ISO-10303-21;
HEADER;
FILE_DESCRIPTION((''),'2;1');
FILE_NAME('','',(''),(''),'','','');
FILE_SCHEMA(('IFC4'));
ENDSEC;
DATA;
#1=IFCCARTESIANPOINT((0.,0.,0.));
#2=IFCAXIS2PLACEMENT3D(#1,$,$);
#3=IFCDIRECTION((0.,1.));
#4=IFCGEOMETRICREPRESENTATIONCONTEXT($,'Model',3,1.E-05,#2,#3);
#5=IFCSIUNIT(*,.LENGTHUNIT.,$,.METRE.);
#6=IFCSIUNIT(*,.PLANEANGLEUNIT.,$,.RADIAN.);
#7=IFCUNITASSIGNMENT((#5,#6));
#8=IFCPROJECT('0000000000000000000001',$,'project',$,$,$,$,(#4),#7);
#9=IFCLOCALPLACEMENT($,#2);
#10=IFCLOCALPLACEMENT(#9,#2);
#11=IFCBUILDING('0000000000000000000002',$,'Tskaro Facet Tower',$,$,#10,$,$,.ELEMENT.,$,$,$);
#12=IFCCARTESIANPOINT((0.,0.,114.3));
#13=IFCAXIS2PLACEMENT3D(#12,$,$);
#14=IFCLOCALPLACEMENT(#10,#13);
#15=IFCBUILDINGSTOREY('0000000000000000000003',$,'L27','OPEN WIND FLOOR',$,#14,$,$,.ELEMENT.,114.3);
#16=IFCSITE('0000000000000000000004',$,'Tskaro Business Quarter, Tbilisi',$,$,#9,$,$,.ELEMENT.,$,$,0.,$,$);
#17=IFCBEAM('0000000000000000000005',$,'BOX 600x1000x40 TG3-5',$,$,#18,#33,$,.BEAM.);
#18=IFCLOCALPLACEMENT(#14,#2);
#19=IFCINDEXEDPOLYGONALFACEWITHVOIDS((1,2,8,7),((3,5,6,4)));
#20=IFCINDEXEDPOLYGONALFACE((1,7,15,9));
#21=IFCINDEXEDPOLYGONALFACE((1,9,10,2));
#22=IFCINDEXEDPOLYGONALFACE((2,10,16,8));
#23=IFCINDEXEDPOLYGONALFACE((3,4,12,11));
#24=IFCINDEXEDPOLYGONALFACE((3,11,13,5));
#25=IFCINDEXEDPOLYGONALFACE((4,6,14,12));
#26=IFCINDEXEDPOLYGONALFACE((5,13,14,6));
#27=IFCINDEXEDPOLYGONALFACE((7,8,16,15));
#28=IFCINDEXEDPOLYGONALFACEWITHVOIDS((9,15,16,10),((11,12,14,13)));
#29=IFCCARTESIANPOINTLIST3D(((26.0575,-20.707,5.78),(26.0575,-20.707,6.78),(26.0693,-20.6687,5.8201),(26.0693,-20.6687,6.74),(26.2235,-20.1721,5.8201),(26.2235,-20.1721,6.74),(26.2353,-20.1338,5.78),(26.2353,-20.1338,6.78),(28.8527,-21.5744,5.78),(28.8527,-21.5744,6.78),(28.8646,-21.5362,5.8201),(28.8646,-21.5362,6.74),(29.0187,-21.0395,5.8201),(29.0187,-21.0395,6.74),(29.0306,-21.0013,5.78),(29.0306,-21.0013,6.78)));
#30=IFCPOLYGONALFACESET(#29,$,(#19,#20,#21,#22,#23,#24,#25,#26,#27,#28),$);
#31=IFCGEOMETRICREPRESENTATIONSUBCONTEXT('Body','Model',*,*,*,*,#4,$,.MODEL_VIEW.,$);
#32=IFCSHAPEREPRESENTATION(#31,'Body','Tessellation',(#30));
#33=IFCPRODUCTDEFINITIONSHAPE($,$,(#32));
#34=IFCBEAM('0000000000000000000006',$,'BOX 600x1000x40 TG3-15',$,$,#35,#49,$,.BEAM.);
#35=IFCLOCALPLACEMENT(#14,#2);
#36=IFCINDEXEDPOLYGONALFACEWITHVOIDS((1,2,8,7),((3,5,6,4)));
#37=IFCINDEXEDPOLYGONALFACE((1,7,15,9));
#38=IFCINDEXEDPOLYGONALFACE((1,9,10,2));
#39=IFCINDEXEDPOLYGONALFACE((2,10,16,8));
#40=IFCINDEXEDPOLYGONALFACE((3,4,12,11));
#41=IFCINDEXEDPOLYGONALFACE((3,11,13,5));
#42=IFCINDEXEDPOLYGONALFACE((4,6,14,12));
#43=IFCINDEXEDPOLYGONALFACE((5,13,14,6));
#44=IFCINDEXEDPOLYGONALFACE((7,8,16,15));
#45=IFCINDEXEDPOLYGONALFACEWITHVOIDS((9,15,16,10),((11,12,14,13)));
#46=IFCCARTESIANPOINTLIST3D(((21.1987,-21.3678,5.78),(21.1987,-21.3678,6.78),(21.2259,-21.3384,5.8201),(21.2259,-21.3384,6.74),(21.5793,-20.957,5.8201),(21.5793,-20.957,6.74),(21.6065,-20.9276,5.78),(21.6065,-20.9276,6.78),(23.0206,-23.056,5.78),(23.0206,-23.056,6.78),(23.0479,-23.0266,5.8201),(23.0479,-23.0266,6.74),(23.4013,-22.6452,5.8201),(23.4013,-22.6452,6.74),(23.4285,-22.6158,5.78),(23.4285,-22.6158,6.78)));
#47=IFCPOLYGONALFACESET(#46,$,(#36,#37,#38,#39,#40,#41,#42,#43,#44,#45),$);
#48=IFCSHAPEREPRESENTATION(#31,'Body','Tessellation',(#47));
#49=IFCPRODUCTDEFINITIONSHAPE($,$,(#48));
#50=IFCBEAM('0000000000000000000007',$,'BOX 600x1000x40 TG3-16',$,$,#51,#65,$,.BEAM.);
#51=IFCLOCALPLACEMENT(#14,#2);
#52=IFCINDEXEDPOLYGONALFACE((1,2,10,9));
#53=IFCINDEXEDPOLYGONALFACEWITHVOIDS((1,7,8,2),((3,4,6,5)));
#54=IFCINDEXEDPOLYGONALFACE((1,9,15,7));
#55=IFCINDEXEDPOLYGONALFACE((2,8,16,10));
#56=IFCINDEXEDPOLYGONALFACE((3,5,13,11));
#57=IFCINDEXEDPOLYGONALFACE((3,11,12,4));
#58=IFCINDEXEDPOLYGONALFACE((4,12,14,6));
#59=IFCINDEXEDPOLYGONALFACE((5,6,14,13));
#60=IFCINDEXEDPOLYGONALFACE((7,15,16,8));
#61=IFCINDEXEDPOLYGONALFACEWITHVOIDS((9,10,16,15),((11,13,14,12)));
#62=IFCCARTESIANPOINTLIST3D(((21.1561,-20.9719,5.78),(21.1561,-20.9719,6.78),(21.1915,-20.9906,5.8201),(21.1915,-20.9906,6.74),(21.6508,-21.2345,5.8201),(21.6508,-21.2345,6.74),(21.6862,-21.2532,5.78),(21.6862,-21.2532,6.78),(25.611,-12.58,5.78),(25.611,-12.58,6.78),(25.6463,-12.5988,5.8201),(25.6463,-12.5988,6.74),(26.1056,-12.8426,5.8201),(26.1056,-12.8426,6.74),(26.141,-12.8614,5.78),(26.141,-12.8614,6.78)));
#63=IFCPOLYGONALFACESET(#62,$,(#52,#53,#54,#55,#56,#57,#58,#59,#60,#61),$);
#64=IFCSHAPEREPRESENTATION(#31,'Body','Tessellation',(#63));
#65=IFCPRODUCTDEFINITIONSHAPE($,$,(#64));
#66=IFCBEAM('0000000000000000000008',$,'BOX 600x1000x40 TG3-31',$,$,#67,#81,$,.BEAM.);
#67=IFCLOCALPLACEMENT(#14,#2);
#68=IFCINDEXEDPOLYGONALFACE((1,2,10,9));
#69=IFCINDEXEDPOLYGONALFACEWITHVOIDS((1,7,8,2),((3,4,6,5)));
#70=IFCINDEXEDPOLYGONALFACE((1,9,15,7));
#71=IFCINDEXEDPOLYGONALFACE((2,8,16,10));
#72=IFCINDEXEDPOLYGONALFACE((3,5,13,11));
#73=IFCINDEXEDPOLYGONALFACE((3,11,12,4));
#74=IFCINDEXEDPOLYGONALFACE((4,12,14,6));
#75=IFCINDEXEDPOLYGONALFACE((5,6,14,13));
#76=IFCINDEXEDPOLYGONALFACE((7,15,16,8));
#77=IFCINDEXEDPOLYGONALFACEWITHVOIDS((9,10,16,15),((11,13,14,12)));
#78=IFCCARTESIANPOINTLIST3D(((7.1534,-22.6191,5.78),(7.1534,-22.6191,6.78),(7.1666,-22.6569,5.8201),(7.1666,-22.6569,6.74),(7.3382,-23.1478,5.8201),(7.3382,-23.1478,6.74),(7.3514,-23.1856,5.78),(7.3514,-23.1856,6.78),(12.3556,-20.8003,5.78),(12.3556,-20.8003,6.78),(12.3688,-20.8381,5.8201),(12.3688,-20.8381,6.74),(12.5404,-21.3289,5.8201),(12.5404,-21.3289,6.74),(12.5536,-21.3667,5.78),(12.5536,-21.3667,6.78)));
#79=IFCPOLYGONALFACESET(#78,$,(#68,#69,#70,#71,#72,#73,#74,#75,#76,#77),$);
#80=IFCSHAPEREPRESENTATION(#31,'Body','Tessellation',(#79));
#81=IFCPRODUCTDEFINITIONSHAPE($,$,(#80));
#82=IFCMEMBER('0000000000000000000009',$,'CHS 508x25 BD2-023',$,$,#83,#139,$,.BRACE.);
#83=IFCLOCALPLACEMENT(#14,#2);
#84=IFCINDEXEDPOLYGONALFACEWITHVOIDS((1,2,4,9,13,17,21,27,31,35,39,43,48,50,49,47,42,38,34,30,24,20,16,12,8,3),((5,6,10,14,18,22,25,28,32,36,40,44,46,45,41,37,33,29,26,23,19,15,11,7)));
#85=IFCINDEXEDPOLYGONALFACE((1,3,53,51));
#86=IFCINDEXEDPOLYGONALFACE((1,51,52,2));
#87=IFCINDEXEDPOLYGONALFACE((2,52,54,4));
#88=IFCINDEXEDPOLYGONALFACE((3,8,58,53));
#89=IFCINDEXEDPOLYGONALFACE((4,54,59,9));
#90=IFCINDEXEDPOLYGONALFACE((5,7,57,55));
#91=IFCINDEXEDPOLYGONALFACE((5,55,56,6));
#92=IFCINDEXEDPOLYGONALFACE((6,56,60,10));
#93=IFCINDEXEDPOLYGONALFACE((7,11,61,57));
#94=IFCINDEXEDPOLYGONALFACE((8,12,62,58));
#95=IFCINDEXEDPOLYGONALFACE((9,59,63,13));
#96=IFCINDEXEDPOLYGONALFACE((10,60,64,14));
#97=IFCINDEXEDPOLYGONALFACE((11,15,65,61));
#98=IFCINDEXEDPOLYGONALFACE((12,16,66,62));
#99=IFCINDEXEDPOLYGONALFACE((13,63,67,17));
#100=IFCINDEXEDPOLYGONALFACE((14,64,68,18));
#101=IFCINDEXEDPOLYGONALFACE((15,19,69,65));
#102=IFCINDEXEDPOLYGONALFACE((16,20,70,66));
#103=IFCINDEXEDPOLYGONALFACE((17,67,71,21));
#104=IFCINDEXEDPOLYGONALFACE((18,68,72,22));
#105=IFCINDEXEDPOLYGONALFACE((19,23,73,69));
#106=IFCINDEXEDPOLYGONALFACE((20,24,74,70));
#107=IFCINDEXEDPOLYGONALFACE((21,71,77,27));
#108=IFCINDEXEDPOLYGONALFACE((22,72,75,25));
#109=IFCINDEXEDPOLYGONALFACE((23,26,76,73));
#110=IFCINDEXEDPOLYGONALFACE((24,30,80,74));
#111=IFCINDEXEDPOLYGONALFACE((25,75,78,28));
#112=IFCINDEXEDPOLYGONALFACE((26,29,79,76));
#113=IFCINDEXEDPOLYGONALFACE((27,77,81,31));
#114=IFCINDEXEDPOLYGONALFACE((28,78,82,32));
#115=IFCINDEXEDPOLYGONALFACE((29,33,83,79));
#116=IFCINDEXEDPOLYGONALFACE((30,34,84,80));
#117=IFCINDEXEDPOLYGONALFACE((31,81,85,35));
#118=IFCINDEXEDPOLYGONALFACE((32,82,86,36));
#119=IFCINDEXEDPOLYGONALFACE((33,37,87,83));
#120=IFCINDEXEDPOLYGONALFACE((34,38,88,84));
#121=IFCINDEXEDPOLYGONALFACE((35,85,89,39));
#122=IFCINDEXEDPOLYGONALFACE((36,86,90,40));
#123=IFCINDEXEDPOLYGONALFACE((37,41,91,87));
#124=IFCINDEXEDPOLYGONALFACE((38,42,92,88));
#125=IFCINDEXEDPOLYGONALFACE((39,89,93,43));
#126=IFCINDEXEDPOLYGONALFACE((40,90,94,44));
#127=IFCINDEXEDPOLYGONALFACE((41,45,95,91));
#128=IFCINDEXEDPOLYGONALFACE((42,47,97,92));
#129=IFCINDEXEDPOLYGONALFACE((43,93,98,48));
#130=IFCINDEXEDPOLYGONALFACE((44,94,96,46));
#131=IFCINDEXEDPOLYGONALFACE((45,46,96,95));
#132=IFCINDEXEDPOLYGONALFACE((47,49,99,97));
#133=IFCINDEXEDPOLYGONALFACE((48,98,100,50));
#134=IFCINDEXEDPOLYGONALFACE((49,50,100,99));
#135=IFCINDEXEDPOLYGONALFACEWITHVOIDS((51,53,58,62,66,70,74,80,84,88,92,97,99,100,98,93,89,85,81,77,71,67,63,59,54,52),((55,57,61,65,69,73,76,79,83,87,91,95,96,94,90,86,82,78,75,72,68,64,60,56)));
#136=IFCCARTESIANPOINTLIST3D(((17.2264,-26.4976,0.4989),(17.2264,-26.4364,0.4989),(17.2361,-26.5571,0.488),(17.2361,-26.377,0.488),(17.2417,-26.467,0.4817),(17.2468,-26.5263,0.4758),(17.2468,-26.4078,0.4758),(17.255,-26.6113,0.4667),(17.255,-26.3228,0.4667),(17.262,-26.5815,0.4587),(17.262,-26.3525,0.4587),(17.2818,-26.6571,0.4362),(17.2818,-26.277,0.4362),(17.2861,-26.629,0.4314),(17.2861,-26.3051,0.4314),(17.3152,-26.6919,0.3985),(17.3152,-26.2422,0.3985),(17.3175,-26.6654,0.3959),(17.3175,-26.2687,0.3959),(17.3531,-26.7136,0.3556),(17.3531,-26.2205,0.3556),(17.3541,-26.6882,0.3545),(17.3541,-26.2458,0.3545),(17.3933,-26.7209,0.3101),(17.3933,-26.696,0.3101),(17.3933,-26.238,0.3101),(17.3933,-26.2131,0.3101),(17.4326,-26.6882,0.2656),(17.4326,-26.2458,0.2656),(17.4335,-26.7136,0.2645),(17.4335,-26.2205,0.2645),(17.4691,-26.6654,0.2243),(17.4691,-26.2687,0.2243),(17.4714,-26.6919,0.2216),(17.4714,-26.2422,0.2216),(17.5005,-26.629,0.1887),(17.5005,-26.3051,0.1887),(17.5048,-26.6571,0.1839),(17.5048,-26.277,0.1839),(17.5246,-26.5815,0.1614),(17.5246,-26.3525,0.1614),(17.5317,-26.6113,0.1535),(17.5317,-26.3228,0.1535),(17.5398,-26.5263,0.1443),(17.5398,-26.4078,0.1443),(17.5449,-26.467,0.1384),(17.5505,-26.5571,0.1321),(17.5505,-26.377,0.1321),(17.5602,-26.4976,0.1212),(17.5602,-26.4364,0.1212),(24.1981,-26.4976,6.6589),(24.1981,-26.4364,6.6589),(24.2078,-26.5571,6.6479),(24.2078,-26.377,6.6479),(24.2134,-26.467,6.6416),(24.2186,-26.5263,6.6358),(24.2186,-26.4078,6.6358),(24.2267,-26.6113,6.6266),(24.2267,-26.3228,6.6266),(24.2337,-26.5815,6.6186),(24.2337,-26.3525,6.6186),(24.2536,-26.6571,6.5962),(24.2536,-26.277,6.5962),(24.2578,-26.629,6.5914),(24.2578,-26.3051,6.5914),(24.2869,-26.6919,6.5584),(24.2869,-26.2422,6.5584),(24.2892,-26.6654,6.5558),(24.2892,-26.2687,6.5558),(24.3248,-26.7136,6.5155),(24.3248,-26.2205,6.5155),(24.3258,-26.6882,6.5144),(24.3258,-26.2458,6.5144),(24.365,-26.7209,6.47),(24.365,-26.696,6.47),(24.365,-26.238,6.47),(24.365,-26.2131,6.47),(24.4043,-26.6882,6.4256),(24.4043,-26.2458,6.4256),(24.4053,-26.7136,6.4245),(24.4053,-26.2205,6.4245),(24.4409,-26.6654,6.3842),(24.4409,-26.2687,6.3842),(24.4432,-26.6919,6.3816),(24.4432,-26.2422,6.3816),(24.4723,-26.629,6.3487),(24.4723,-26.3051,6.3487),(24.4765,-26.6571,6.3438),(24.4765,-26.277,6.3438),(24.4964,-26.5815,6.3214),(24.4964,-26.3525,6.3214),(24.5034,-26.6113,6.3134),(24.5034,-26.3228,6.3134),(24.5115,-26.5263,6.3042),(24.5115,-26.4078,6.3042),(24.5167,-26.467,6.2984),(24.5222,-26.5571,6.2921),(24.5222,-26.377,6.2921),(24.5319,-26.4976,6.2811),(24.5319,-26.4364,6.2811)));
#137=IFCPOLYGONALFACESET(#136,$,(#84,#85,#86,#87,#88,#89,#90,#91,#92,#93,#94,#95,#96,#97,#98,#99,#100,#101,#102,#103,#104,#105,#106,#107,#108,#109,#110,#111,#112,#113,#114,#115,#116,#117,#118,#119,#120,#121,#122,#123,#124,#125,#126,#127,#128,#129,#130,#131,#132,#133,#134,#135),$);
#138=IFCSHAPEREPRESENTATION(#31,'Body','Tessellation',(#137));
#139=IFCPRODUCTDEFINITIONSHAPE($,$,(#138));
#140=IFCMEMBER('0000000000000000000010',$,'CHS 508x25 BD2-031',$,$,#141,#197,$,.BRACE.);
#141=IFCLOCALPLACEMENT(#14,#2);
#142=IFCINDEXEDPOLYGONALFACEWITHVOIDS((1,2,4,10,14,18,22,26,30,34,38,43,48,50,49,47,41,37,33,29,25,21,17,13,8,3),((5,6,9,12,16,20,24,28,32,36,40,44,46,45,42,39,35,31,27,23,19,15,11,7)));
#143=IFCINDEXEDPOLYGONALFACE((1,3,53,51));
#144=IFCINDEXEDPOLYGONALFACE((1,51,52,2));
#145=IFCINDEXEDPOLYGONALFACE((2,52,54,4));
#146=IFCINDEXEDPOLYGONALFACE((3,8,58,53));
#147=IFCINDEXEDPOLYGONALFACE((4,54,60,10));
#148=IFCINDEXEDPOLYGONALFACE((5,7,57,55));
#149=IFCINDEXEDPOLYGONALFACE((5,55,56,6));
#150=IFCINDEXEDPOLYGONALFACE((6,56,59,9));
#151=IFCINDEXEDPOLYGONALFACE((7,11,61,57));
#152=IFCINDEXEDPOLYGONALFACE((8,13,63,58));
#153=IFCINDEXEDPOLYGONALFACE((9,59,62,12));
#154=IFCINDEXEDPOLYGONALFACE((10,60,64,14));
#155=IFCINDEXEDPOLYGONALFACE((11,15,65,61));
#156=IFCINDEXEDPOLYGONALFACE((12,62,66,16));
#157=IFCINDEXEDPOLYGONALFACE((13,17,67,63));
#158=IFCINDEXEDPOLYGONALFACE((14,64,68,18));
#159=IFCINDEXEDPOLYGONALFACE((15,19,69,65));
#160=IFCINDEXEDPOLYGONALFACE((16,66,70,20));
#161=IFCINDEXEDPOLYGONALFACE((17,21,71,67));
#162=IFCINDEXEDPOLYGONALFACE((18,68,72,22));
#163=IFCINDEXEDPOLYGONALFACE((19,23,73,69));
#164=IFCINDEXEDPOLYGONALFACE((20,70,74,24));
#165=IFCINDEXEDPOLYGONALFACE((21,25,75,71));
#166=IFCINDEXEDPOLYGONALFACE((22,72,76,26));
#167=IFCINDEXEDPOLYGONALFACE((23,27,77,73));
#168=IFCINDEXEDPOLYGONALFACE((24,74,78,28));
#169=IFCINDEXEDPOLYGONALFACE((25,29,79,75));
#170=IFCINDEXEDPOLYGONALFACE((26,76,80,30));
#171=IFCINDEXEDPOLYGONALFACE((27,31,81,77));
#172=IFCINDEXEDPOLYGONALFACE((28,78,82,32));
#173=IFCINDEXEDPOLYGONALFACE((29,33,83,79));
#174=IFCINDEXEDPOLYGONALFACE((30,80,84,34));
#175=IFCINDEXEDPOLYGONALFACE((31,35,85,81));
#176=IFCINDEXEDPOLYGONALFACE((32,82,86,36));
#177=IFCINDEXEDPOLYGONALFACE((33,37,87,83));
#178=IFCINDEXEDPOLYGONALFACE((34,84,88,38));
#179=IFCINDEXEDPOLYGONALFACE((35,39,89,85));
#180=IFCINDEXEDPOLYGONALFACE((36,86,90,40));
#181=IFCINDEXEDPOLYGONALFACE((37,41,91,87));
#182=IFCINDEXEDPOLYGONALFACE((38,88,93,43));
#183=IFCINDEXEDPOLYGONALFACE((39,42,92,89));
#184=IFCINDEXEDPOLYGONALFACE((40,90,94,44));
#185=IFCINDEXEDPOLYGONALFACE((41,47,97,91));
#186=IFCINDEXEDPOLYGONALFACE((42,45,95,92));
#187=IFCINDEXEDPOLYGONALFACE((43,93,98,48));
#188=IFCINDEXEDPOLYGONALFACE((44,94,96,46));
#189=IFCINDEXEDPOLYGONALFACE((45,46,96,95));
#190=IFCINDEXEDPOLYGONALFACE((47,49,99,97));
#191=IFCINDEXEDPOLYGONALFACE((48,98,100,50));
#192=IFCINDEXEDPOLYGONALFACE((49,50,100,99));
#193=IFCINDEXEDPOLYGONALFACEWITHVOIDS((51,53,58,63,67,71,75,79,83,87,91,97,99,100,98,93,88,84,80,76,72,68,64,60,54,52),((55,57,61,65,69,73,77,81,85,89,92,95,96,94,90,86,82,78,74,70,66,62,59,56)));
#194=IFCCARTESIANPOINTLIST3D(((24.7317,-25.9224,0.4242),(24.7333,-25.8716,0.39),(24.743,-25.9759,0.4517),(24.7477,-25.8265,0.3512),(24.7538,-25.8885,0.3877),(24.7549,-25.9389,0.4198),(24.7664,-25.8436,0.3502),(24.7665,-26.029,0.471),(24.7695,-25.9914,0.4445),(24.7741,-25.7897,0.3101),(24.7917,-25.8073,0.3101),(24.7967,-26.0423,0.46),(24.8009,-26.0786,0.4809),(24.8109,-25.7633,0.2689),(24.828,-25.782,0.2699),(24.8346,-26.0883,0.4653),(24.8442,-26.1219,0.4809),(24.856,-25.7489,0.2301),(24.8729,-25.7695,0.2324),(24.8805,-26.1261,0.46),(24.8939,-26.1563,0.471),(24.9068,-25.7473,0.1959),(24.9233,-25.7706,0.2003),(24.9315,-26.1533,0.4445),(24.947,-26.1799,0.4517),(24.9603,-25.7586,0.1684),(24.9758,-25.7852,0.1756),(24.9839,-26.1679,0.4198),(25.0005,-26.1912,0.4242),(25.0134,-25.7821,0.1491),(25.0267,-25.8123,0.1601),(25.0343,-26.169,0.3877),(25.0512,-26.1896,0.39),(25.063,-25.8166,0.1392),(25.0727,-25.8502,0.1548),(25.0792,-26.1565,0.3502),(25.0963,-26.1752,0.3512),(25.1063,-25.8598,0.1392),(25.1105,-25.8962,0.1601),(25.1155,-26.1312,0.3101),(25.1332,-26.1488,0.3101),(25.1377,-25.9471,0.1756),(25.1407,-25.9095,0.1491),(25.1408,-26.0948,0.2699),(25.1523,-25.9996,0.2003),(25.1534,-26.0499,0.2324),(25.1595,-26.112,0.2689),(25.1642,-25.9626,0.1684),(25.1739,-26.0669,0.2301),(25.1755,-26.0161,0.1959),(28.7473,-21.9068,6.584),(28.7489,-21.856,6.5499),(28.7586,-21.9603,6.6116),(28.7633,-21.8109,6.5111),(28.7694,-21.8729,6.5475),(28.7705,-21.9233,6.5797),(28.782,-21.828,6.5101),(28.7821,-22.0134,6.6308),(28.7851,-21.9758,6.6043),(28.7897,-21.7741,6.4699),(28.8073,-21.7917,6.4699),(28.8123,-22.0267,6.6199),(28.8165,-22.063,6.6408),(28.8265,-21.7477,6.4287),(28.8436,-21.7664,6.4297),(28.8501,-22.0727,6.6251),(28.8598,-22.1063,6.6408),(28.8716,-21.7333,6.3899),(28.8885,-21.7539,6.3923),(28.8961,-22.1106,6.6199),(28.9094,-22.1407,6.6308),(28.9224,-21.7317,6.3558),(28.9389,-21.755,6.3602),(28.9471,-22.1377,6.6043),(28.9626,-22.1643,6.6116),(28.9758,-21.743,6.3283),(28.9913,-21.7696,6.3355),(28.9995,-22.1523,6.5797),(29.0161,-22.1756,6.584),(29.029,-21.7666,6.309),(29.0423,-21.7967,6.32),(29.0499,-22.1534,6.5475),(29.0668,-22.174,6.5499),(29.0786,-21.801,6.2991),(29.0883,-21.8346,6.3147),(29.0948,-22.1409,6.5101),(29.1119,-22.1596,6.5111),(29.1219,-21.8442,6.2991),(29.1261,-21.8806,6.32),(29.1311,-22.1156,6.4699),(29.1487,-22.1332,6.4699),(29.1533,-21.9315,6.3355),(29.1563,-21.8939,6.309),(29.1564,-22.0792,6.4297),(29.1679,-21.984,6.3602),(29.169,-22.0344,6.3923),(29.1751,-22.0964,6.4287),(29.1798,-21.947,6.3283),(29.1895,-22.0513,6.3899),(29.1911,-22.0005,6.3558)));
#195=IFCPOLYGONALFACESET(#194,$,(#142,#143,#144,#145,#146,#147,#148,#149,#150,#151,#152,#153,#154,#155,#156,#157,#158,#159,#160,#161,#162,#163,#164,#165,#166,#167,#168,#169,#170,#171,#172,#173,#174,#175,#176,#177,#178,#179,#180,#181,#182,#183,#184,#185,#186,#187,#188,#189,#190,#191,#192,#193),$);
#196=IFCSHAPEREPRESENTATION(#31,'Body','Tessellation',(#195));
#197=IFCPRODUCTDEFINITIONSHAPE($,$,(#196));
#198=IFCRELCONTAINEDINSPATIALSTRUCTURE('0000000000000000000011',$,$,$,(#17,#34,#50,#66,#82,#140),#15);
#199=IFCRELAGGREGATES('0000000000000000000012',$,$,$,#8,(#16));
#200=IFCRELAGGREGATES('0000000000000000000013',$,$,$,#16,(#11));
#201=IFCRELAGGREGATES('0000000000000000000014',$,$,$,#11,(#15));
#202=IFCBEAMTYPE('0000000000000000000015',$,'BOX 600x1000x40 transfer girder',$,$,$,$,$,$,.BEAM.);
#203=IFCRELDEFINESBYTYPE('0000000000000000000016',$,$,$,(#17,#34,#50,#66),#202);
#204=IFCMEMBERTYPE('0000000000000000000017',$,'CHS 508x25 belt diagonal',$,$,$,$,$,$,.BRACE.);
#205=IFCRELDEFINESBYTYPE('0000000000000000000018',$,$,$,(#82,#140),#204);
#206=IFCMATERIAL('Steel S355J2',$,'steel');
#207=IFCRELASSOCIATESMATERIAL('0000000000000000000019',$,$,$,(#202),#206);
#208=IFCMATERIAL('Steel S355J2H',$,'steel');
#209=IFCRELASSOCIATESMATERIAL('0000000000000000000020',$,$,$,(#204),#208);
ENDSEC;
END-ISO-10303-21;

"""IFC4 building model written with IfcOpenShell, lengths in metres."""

from ifc_helpers import new_model, si_unit, direction, frame, origin, origin_2d, place, context, subcontext, project, spatial, hollow_rectangle, hollow_circle, extrude, material, material_profile, profile_set, type_object, element, save


model = new_model("IFC4")

# Units and contexts
model_context = context("Model", 3, precision=1e-05, world=origin(), true_north=direction((0.0, 1.0)))
body_context = subcontext(model_context, "Body", "Model", "MODEL_VIEW")
ifc_project = project(units=[si_unit("LENGTHUNIT", "METRE"), si_unit("PLANEANGLEUNIT", "RADIAN")], contexts=[model_context])

# Site, building, storey
site_placement = place(None, origin())
site = spatial("IfcSite", under=ifc_project, at=site_placement, Name="Tskaro Business Quarter, Tbilisi", CompositionType="ELEMENT", RefElevation=0.0)
building_placement = place(site_placement, origin())
building = spatial("IfcBuilding", under=site, at=building_placement, Name="Tskaro Facet Tower", CompositionType="ELEMENT")
storey_placement = place(building_placement, frame((0.0, 0.0, 114.3)))
storey = spatial("IfcBuildingStorey", under=building, at=storey_placement, Name="L27", Description="OPEN WIND FLOOR", CompositionType="ELEMENT", Elevation=114.3)

# Shared definitions
ifc_material_1 = material(Name="Steel S355J2H", Category="steel")

# Beams
ifc_material_2 = material(Name="Steel S355J2", Category="steel")
ifc_material_profile_1 = material_profile(ifc_material_2, hollow_rectangle(XDim=0.6001, YDim=1.0, WallThickness=0.04, at=origin_2d()), Name="BOX 600x1000x40")
ifc_profile_set_1 = profile_set([ifc_material_profile_1], Name="Steel S355J2")
beam_type_1 = type_object("IfcBeamType", Name="BOX 600x1000x40 transfer girder", PredefinedType="BEAM", material=ifc_profile_set_1)
for number, where, z_axis, x_axis, name in (
    (1, (28.9417, -21.2878, 6.28), (-0.955067, 0.296389, 0.0), (-0.296389, -0.955067, 0.0), "BOX 600x1000x40 TG3-5"),
):
    element("IfcBeam", number, at=place(storey_placement, frame(where, z_axis=z_axis, x_axis=x_axis)), inside=storey, type_object=beam_type_1, Name=name, PredefinedType="BEAM", context=body_context, shape_type="SweptSolid", body=[
        extrude(hollow_rectangle(XDim=0.6001, YDim=1.0, WallThickness=0.04, at=origin_2d()), origin(), (0.0, 0.0, 1.0), 2.9268),
    ])
beam_1_placement = place(storey_placement, frame((21.4026, -21.1477, 6.28), z_axis=(0.733525, -0.679663, 0.0), x_axis=(0.679663, 0.733525, 0.0)))
element("IfcBeam", 2, at=beam_1_placement, inside=storey, type_object=beam_type_1, Name="BOX 600x1000x40 TG3-15", PredefinedType="BEAM", context=body_context, shape_type="SweptSolid", body=[
    extrude(hollow_rectangle(XDim=0.6001, YDim=1.0, WallThickness=0.04, at=origin_2d()), origin(), (0.0, 0.0, 1.0), 2.4839),
])
beam_2_placement = place(storey_placement, frame((21.4211, -21.1125, 6.28), z_axis=(0.468882, 0.883261, 0.0), x_axis=(-0.883261, 0.468882, 0.0)))
element("IfcBeam", 3, at=beam_2_placement, inside=storey, type_object=beam_type_1, Name="BOX 600x1000x40 TG3-16", PredefinedType="BEAM", context=body_context, shape_type="SweptSolid", body=[
    extrude(hollow_rectangle(XDim=0.6001, YDim=1.0, WallThickness=0.04, at=origin_2d()), origin(), (0.0, 0.0, 1.0), 9.501),
])
beam_3_placement = place(storey_placement, frame((12.4546, -21.0835, 6.28), z_axis=(-0.943966, -0.330043, 0.0), x_axis=(0.330043, -0.943966, 0.0)))
element("IfcBeam", 4, at=beam_3_placement, inside=storey, type_object=beam_type_1, Name="BOX 600x1000x40 TG3-31", PredefinedType="BEAM", context=body_context, shape_type="SweptSolid", body=[
    extrude(hollow_rectangle(XDim=0.6001, YDim=1.0, WallThickness=0.04, at=origin_2d()), origin(), (0.0, 0.0, 1.0), 5.511),
])

# Members
ifc_material_profile_2 = material_profile(ifc_material_1, hollow_circle(Radius=0.2539, WallThickness=0.0249, at=origin_2d()), Name="CHS 508x25")
ifc_profile_set_2 = profile_set([ifc_material_profile_2], Name="Steel S355J2H")
member_type_1 = type_object("IfcMemberType", Name="CHS 508x25 belt diagonal", PredefinedType="BRACE", material=ifc_profile_set_2)
member_1_placement = place(storey_placement, frame((17.3933, -26.467, 0.3101), z_axis=(0.749388, 0.0, 0.662131), x_axis=(0.0, 1.0, 0.0)))
element("IfcMember", 5, at=member_1_placement, inside=storey, type_object=member_type_1, Name="CHS 508x25 BD2-023", PredefinedType="BRACE", context=body_context, shape_type="SweptSolid", body=[
    extrude(hollow_circle(Radius=0.2539, WallThickness=0.0249, at=origin_2d()), origin(), (0.0, 0.0, 1.0), 9.3032),
])
for number, where, z_axis, x_axis, name in (
    (6, (24.9536, -25.9692, 0.3101), (0.479292, 0.479292, 0.735227), (-0.707107, 0.707107, 0.0), "CHS 508x25 BD2-031"),
):
    element("IfcMember", number, at=place(storey_placement, frame(where, z_axis=z_axis, x_axis=x_axis)), inside=storey, type_object=member_type_1, Name=name, PredefinedType="BRACE", context=body_context, shape_type="SweptSolid", body=[
        extrude(hollow_circle(Radius=0.2539, WallThickness=0.0249, at=origin_2d()), origin(), (0.0, 0.0, 1.0), 8.3782),
    ])

save(model, "model.ifc")
